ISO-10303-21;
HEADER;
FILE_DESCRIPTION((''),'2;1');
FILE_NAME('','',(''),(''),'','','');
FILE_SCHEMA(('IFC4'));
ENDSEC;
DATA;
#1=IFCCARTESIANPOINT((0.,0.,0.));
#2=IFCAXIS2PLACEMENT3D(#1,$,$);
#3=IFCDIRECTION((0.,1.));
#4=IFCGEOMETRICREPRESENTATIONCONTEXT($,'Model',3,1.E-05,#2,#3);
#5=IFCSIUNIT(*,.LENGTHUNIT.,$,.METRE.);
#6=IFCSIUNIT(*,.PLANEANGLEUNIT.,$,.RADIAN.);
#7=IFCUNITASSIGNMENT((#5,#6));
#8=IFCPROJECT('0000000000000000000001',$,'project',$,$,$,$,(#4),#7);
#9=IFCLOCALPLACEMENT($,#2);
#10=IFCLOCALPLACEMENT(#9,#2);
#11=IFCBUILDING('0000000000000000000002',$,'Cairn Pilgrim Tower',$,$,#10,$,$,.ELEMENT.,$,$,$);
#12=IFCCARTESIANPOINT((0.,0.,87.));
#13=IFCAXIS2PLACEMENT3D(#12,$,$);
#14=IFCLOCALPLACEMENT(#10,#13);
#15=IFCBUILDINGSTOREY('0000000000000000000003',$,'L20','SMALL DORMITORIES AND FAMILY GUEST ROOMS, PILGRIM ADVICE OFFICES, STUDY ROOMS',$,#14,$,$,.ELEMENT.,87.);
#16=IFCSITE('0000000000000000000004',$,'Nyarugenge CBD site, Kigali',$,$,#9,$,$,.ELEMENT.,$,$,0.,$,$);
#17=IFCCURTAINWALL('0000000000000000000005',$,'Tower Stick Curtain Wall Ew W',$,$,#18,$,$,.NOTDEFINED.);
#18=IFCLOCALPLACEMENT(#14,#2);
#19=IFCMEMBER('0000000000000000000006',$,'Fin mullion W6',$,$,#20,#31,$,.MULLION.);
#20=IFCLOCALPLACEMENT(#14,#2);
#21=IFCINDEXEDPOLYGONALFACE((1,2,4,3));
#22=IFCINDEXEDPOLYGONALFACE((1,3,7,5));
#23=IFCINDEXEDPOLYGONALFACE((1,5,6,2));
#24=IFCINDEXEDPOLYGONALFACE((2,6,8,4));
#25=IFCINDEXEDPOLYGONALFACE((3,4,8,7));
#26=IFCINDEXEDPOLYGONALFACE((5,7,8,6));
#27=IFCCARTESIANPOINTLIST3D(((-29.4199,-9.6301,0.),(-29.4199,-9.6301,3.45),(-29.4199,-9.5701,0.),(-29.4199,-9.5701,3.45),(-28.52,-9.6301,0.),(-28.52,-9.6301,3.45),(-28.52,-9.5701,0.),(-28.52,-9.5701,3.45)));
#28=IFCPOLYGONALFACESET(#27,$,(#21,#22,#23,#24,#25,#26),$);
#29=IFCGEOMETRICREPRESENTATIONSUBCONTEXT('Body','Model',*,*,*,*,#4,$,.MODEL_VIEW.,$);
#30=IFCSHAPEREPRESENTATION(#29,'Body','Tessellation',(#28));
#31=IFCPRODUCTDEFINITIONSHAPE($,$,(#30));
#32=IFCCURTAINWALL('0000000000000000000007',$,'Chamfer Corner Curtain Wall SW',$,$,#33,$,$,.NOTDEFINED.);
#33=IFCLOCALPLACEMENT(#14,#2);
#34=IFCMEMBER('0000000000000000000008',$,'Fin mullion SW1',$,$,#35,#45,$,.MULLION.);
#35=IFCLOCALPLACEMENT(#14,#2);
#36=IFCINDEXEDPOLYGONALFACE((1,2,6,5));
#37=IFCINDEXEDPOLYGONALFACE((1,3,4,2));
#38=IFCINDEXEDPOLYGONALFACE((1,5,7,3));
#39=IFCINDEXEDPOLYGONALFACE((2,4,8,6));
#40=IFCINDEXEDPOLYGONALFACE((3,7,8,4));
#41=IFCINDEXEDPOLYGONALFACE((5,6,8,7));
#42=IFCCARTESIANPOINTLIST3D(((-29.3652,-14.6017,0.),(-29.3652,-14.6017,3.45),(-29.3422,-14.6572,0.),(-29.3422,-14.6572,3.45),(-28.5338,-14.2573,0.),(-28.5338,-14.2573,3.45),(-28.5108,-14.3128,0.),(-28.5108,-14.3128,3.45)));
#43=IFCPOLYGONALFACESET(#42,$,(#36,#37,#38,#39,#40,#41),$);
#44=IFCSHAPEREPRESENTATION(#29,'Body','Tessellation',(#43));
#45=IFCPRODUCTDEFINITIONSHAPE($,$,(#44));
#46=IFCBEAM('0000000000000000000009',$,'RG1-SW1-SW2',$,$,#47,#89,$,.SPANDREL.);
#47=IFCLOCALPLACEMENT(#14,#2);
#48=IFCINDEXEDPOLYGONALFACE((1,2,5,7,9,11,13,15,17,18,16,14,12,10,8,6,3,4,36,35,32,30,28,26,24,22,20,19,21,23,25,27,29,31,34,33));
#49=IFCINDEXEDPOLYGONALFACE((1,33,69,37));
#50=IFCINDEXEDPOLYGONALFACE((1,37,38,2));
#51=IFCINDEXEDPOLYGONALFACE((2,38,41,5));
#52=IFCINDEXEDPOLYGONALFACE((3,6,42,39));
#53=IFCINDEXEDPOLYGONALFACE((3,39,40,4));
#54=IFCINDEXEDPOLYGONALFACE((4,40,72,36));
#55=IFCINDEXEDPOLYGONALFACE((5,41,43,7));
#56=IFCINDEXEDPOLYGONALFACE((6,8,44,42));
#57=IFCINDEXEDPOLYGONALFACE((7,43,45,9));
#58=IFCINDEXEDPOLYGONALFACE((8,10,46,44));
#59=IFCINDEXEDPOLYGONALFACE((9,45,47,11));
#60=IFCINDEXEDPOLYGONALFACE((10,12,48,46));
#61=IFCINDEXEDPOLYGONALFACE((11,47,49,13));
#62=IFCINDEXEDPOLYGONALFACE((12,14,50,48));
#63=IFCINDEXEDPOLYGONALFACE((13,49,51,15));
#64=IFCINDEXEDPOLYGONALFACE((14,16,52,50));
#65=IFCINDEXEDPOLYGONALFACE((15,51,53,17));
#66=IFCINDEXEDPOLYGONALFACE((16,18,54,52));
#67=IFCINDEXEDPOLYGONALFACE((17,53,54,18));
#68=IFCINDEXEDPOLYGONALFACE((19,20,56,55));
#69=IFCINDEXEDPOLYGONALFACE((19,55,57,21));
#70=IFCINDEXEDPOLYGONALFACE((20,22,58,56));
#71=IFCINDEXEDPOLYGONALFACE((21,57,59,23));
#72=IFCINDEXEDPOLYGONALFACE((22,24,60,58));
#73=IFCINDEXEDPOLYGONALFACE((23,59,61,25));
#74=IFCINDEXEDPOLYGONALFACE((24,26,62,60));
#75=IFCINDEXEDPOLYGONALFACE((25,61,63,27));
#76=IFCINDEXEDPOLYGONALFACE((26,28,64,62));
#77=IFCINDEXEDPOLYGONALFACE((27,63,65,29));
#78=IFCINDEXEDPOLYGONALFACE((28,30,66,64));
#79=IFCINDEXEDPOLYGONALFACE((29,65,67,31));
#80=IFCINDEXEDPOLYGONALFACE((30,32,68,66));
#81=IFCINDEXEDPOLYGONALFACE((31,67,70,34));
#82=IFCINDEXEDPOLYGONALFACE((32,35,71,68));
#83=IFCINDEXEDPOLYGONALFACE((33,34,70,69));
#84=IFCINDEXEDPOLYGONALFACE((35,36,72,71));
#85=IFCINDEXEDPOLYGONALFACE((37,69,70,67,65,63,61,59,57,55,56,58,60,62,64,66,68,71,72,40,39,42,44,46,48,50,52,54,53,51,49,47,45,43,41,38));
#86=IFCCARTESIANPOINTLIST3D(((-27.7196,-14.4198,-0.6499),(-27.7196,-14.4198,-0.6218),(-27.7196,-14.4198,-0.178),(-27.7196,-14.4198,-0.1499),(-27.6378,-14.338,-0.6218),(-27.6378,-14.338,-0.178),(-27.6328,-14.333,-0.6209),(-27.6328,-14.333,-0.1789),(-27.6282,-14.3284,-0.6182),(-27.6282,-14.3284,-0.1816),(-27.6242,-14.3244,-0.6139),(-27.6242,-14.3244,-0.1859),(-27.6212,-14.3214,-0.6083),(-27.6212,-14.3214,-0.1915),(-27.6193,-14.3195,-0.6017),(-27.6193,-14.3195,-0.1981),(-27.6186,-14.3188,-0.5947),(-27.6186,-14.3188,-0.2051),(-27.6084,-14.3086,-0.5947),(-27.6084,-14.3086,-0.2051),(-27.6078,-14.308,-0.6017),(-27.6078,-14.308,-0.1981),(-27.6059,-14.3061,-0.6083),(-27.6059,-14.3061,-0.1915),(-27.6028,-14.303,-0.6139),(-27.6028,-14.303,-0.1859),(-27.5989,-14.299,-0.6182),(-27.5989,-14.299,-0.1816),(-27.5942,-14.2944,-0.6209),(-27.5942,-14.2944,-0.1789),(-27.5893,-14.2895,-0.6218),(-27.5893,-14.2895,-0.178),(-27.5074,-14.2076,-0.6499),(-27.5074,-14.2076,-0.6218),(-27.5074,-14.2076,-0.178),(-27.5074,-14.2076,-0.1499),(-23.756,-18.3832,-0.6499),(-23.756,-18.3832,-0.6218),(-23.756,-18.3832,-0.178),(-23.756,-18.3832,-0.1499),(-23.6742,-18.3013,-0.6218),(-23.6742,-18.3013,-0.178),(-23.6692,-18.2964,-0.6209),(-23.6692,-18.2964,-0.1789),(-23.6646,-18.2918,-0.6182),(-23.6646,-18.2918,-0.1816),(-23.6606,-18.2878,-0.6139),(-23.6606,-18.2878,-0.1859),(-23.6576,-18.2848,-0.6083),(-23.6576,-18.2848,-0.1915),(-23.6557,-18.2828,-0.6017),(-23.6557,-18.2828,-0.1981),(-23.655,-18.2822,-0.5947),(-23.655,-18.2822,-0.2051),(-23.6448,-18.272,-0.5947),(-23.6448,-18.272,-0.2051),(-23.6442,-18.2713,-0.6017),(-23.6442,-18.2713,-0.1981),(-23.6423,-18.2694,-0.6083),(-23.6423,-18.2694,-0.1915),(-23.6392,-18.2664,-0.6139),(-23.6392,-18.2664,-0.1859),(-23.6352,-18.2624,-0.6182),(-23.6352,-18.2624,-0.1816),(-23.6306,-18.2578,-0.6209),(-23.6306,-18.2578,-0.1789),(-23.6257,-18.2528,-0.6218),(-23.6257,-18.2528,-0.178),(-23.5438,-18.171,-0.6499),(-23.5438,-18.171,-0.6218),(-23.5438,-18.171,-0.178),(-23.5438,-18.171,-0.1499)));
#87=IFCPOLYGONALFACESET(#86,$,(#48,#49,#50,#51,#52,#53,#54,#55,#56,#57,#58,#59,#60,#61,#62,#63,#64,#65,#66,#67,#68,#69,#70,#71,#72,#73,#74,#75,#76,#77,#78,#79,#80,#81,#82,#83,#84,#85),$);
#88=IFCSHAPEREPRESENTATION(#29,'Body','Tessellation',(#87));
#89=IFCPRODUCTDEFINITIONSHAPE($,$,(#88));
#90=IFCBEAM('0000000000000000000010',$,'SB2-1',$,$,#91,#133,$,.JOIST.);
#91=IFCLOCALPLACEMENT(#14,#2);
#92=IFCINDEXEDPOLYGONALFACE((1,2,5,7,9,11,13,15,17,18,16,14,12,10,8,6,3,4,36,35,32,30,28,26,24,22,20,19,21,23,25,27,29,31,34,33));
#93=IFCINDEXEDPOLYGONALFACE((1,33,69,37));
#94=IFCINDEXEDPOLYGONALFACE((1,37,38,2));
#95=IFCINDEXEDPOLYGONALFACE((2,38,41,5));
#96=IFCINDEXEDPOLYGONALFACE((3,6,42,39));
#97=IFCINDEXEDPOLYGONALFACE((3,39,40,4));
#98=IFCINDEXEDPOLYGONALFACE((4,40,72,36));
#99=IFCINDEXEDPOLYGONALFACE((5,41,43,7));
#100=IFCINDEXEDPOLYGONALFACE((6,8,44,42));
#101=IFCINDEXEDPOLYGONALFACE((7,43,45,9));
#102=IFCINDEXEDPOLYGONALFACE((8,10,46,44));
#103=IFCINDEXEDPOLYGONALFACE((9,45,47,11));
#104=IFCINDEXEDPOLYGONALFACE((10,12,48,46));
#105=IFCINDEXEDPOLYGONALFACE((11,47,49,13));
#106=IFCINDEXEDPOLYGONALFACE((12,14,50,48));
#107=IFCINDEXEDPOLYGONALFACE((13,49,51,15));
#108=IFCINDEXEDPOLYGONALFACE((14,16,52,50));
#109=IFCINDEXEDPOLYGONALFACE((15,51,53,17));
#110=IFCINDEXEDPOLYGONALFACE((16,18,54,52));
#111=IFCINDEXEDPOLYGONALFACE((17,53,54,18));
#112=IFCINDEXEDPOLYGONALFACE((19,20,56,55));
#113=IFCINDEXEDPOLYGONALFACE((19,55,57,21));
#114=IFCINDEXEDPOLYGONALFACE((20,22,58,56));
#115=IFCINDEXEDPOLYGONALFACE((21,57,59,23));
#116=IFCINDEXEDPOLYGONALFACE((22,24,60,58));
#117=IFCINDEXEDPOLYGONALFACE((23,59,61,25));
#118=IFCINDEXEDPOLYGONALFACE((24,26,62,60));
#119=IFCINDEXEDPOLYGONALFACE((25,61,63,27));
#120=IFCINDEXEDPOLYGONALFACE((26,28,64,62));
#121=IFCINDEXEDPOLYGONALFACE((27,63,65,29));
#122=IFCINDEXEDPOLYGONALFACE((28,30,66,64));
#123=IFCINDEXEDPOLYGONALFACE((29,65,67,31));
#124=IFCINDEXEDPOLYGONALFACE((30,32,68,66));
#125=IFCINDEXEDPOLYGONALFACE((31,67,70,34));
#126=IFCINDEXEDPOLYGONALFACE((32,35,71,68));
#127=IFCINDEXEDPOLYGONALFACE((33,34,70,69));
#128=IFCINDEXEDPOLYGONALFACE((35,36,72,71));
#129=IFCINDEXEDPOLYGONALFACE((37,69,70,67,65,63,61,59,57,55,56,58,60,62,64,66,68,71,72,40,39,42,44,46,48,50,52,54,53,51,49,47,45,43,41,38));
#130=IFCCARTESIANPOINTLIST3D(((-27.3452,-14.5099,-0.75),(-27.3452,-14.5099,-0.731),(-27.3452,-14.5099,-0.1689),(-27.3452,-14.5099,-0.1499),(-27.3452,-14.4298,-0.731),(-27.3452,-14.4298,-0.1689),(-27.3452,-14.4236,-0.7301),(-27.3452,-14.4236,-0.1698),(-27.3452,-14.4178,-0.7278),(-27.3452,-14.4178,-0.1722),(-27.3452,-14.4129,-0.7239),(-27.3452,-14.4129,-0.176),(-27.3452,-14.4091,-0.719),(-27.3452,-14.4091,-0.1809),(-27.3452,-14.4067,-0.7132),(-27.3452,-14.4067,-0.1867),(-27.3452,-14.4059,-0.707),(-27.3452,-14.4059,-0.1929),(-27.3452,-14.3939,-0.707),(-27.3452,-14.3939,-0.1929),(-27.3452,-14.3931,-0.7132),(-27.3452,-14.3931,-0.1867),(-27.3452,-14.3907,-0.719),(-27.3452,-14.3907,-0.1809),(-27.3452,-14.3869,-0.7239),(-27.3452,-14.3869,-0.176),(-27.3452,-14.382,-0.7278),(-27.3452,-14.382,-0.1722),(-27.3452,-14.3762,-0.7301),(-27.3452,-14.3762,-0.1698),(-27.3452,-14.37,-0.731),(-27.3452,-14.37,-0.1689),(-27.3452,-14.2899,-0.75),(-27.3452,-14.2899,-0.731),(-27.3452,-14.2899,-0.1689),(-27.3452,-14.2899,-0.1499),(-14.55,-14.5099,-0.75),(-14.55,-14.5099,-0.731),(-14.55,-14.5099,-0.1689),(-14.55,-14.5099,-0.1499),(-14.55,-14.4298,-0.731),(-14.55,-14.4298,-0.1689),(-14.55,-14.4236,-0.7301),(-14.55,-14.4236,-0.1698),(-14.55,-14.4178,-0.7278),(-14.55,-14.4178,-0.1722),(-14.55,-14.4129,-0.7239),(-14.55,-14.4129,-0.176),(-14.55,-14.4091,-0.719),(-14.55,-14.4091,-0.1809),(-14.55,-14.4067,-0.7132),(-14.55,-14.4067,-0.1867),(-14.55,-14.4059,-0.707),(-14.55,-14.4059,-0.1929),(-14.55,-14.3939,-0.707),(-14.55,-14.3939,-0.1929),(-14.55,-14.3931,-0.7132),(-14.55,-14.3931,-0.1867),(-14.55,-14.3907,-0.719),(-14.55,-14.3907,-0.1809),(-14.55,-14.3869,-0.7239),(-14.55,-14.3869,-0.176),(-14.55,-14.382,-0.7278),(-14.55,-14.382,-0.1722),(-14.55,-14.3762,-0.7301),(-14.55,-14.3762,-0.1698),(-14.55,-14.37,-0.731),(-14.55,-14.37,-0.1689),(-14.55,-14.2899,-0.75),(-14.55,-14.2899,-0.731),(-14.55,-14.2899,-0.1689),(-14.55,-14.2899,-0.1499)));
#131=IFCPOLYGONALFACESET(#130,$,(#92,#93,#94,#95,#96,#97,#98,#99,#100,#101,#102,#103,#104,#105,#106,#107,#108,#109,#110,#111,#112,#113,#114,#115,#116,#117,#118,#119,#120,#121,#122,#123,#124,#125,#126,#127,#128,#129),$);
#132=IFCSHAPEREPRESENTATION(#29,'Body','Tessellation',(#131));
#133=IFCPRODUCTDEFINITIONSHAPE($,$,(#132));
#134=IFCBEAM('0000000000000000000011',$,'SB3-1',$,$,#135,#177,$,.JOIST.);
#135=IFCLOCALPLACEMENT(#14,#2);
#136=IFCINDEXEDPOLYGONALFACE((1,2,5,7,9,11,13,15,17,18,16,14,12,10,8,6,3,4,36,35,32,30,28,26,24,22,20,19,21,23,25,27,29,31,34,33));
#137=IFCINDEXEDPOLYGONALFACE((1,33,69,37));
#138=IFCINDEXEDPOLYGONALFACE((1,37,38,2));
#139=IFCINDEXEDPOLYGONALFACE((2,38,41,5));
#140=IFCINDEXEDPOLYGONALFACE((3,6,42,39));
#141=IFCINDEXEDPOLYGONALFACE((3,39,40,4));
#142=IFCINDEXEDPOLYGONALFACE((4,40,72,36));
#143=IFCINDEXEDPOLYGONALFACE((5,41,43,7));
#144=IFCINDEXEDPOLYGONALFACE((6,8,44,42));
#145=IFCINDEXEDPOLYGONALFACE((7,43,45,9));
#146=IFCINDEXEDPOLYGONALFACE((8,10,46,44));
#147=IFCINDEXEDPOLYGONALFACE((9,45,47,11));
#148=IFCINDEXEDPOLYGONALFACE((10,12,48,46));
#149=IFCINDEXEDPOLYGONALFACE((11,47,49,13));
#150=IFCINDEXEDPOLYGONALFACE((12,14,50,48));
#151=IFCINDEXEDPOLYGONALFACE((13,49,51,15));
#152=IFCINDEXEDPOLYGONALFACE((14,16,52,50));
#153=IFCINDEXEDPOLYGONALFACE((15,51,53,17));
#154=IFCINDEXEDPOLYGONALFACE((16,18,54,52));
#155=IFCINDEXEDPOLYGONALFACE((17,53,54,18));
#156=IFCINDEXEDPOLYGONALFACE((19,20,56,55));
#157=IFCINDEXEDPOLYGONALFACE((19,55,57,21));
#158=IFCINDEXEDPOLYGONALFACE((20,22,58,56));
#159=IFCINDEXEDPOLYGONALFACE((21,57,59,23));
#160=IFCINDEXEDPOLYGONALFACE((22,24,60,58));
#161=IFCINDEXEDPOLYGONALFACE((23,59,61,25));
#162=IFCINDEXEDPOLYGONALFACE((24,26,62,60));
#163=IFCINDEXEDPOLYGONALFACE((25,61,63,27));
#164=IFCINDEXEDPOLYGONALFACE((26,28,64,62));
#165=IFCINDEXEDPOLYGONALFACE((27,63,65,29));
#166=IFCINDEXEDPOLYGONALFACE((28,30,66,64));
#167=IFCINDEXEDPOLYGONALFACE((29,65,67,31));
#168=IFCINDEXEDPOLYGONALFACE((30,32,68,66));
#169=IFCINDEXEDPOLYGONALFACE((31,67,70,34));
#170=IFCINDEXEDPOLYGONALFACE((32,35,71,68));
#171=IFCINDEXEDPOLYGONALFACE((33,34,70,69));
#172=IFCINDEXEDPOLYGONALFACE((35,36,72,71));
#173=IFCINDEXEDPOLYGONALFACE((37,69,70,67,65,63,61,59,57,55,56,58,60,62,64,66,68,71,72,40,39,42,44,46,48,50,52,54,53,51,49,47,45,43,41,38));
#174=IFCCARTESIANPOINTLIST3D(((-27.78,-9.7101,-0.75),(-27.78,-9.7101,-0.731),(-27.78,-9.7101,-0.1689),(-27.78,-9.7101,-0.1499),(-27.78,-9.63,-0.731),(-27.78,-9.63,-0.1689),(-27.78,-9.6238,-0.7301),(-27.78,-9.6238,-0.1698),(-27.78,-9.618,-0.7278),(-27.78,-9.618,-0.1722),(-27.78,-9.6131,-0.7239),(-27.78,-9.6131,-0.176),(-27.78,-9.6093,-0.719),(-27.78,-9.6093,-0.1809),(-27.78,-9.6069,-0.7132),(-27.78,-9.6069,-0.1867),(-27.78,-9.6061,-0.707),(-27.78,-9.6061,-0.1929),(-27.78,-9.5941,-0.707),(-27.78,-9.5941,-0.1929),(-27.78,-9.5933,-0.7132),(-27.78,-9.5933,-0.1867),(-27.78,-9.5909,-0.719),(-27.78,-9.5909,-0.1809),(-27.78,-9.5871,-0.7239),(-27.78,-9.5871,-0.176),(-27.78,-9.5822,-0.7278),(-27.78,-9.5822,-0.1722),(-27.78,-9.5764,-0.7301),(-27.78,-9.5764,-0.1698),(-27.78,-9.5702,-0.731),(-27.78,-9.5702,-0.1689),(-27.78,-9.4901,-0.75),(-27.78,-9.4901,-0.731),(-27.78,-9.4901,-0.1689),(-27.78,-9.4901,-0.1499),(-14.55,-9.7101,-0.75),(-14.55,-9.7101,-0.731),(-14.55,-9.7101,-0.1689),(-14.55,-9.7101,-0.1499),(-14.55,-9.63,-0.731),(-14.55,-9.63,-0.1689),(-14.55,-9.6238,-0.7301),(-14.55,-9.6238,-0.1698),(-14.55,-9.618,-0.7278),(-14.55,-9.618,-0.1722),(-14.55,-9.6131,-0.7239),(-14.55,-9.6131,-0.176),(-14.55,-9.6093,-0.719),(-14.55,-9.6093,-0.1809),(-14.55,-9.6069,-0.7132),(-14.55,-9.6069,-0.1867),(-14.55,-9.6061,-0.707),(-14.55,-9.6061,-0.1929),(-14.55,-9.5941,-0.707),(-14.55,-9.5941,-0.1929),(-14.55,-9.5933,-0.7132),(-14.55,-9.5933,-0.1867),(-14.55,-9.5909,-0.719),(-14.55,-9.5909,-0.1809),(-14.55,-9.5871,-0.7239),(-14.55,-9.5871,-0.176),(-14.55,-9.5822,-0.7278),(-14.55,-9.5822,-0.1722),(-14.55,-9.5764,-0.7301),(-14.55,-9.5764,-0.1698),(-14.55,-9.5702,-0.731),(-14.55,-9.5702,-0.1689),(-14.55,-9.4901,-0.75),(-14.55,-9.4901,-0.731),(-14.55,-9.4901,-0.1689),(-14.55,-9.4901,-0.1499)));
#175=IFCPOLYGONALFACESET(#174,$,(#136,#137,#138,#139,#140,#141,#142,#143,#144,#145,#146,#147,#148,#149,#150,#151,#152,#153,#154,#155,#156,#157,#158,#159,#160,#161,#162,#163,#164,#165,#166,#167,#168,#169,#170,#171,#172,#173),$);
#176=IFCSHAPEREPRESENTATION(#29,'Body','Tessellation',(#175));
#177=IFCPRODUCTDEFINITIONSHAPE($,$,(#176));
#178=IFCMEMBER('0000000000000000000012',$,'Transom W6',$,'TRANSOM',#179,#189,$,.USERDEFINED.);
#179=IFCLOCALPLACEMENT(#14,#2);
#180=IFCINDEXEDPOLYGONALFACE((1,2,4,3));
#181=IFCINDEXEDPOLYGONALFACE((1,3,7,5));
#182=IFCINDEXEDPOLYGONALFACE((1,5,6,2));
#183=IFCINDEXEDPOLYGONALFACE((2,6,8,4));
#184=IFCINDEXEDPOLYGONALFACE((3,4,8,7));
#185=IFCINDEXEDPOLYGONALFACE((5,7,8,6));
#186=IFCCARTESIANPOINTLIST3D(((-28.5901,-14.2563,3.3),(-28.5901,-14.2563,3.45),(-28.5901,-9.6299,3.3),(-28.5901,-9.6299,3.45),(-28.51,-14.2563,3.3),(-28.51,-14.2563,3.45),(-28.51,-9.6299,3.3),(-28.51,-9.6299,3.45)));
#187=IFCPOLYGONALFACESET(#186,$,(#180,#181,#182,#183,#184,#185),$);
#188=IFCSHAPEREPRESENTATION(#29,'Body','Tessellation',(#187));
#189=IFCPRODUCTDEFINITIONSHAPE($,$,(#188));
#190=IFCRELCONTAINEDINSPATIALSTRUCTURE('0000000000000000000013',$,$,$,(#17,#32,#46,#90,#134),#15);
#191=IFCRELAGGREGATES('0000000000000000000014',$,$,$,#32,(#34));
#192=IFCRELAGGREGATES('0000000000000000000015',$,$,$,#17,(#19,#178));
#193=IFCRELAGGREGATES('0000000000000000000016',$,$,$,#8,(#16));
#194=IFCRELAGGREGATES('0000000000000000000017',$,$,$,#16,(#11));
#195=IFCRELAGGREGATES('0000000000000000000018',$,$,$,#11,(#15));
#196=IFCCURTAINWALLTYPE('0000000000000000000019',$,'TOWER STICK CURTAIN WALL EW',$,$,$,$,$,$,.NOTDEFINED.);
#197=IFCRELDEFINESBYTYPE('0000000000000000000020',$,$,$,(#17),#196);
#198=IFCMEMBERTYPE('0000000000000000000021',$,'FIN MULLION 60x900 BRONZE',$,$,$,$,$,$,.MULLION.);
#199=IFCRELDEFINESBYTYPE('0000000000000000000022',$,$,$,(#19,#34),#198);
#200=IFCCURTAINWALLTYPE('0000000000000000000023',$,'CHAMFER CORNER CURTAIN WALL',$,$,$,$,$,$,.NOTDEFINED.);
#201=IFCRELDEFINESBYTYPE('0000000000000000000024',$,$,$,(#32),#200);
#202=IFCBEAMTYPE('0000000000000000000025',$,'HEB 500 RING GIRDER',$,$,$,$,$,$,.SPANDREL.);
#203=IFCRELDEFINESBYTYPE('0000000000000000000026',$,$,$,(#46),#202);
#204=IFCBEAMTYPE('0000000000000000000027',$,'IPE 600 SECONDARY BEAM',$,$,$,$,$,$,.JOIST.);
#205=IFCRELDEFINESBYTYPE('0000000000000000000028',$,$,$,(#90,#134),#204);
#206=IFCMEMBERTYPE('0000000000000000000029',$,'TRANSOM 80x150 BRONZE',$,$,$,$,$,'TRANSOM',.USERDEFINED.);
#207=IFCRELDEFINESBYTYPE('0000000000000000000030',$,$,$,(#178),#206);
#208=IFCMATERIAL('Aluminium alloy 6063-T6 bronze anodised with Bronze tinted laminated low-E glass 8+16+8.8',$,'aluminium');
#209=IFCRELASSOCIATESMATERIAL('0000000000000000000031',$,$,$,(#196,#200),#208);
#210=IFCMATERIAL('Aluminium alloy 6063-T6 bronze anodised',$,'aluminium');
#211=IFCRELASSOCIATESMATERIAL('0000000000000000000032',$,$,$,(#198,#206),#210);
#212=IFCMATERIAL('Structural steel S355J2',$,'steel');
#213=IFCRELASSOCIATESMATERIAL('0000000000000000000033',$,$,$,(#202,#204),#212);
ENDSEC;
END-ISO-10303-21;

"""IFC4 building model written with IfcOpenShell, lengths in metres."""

from ifc_helpers import new_model, si_unit, direction, frame, origin, origin_2d, place, context, subcontext, project, spatial, rectangle, i_section, extrude, material, material_profile, profile_set, type_object, element, aggregate, save


model = new_model("IFC4")

# Units and contexts
model_context = context("Model", 3, precision=1e-05, world=origin(), true_north=direction((0.0, 1.0)))
body_context = subcontext(model_context, "Body", "Model", "MODEL_VIEW")
ifc_project = project(units=[si_unit("LENGTHUNIT", "METRE"), si_unit("PLANEANGLEUNIT", "RADIAN")], contexts=[model_context])

# Site, building, storey
site_placement = place(None, origin())
site = spatial("IfcSite", under=ifc_project, at=site_placement, Name="Nyarugenge CBD site, Kigali", CompositionType="ELEMENT", RefElevation=0.0)
building_placement = place(site_placement, origin())
building = spatial("IfcBuilding", under=site, at=building_placement, Name="Cairn Pilgrim Tower", CompositionType="ELEMENT")
storey_placement = place(building_placement, frame((0.0, 0.0, 87.0)))
storey = spatial("IfcBuildingStorey", under=building, at=storey_placement, Name="L20", Description="SMALL DORMITORIES AND FAMILY GUEST ROOMS, PILGRIM ADVICE OFFICES, STUDY ROOMS", CompositionType="ELEMENT", Elevation=87.0)

# Curtain walls, members
ifc_material_1 = material(Name="Aluminium alloy 6063-T6 bronze anodised with Bronze tinted laminated low-E glass 8+16+8.8", Category="aluminium")
curtain_wall_type_1 = type_object("IfcCurtainWallType", Name="TOWER STICK CURTAIN WALL EW", PredefinedType="NOTDEFINED", material=ifc_material_1)
curtain_wall_1_placement = place(storey_placement, origin())
curtain_wall_1 = element("IfcCurtainWall", 1, at=curtain_wall_1_placement, inside=storey, type_object=curtain_wall_type_1, Name="Tower Stick Curtain Wall Ew W", PredefinedType="NOTDEFINED")
ifc_material_2 = material(Name="Aluminium alloy 6063-T6 bronze anodised", Category="aluminium")
ifc_material_profile_1 = material_profile(ifc_material_2, rectangle(XDim=0.8999, YDim=0.0601, at=origin_2d()), Name="FIN MULLION 60x900 BRONZE")
ifc_profile_set_1 = profile_set([ifc_material_profile_1], Name="Aluminium alloy 6063-T6 bronze anodised")
member_type_1 = type_object("IfcMemberType", Name="FIN MULLION 60x900 BRONZE", PredefinedType="MULLION", material=ifc_profile_set_1)
member_1_placement = place(storey_placement, frame((-28.97, -9.6001, 0.0), z_axis=(0.0, 0.0, 1.0), x_axis=(-1.0, 0.0, 0.0)))
member_1 = element("IfcMember", 2, at=member_1_placement, type_object=member_type_1, Name="Fin mullion W6", PredefinedType="MULLION", context=body_context, shape_type="SweptSolid", body=[
    extrude(rectangle(XDim=0.8999, YDim=0.0601, at=origin_2d()), origin(), (0.0, 0.0, 1.0), 3.45),
])
curtain_wall_type_2 = type_object("IfcCurtainWallType", Name="CHAMFER CORNER CURTAIN WALL", PredefinedType="NOTDEFINED", material=ifc_material_1)
curtain_wall_2_placement = place(storey_placement, origin())
curtain_wall_2 = element("IfcCurtainWall", 3, at=curtain_wall_2_placement, inside=storey, type_object=curtain_wall_type_2, Name="Chamfer Corner Curtain Wall SW", PredefinedType="NOTDEFINED")
member_2_placement = place(storey_placement, frame((-28.938, -14.4573, 0.0), z_axis=(0.0, 0.0, 1.0), x_axis=(-0.92388, -0.382683, 0.0)))
member_2 = element("IfcMember", 4, at=member_2_placement, type_object=member_type_1, Name="Fin mullion SW1", PredefinedType="MULLION", context=body_context, shape_type="SweptSolid", body=[
    extrude(rectangle(XDim=0.8999, YDim=0.0601, at=origin_2d()), origin(), (0.0, 0.0, 1.0), 3.45),
])

# Beams
ifc_material_3 = material(Name="Structural steel S355J2", Category="steel")
ifc_material_profile_2 = material_profile(ifc_material_3, i_section(OverallWidth=0.3, OverallDepth=0.5, WebThickness=0.0144, FlangeThickness=0.0281, FilletRadius=0.0271, at=origin_2d()), Name="HEB 500")
ifc_profile_set_2 = profile_set([ifc_material_profile_2], Name="Structural steel S355J2")
beam_type_1 = type_object("IfcBeamType", Name="HEB 500 RING GIRDER", PredefinedType="SPANDREL", material=ifc_profile_set_2)
beam_1_placement = place(storey_placement, frame((-27.6135, -14.3137, -0.3999), z_axis=(0.707129, -0.707085, 0.0), x_axis=(0.707085, 0.707129, 0.0)))
element("IfcBeam", 5, at=beam_1_placement, inside=storey, type_object=beam_type_1, Name="RG1-SW1-SW2", PredefinedType="SPANDREL", context=body_context, shape_type="SweptSolid", body=[
    extrude(i_section(OverallWidth=0.3, OverallDepth=0.5, WebThickness=0.0144, FlangeThickness=0.0281, FilletRadius=0.0271, at=origin_2d()), origin(), (0.0, 0.0, 1.0), 5.6052),
])
ifc_material_profile_3 = material_profile(ifc_material_3, i_section(OverallWidth=0.22, OverallDepth=0.6001, WebThickness=0.012, FlangeThickness=0.019, FilletRadius=0.0239, at=origin_2d()), Name="IPE 600")
ifc_profile_set_3 = profile_set([ifc_material_profile_3], Name="Structural steel S355J2")
beam_type_2 = type_object("IfcBeamType", Name="IPE 600 SECONDARY BEAM", PredefinedType="JOIST", material=ifc_profile_set_3)
beam_2_placement = place(storey_placement, frame((-27.3452, -14.3999, -0.45), z_axis=(1.0, 0.0, 0.0), x_axis=(0.0, 1.0, 0.0)))
element("IfcBeam", 6, at=beam_2_placement, inside=storey, type_object=beam_type_2, Name="SB2-1", PredefinedType="JOIST", context=body_context, shape_type="SweptSolid", body=[
    extrude(i_section(OverallWidth=0.22, OverallDepth=0.6001, WebThickness=0.012, FlangeThickness=0.019, FilletRadius=0.0239, at=origin_2d()), origin(), (0.0, 0.0, 1.0), 12.7952),
])
beam_3_placement = place(storey_placement, frame((-27.78, -9.6001, -0.45), z_axis=(1.0, 0.0, 0.0), x_axis=(0.0, 1.0, 0.0)))
element("IfcBeam", 7, at=beam_3_placement, inside=storey, type_object=beam_type_2, Name="SB3-1", PredefinedType="JOIST", context=body_context, shape_type="SweptSolid", body=[
    extrude(i_section(OverallWidth=0.22, OverallDepth=0.6001, WebThickness=0.012, FlangeThickness=0.019, FilletRadius=0.0239, at=origin_2d()), origin(), (0.0, 0.0, 1.0), 13.23),
])

# Member
ifc_material_profile_4 = material_profile(ifc_material_2, rectangle(XDim=0.0801, YDim=0.1499, at=origin_2d()), Name="TRANSOM 80x150 BRONZE")
ifc_profile_set_4 = profile_set([ifc_material_profile_4], Name="Aluminium alloy 6063-T6 bronze anodised")
member_type_2 = type_object("IfcMemberType", Name="TRANSOM 80x150 BRONZE", ElementType="TRANSOM", PredefinedType="USERDEFINED", material=ifc_profile_set_4)
member_3_placement = place(storey_placement, frame((-28.55, -9.6299, 3.375), z_axis=(0.0, -1.0, 0.0), x_axis=(1.0, 0.0, 0.0)))
member_3 = element("IfcMember", 8, at=member_3_placement, type_object=member_type_2, Name="Transom W6", ObjectType="TRANSOM", PredefinedType="USERDEFINED", context=body_context, shape_type="SweptSolid", body=[
    extrude(rectangle(XDim=0.0801, YDim=0.1499, at=origin_2d()), origin(), (0.0, 0.0, 1.0), 4.6265),
])
aggregate(curtain_wall_2, [member_2])

aggregate(curtain_wall_1, [member_1, member_3])

save(model, "model.ifc")
